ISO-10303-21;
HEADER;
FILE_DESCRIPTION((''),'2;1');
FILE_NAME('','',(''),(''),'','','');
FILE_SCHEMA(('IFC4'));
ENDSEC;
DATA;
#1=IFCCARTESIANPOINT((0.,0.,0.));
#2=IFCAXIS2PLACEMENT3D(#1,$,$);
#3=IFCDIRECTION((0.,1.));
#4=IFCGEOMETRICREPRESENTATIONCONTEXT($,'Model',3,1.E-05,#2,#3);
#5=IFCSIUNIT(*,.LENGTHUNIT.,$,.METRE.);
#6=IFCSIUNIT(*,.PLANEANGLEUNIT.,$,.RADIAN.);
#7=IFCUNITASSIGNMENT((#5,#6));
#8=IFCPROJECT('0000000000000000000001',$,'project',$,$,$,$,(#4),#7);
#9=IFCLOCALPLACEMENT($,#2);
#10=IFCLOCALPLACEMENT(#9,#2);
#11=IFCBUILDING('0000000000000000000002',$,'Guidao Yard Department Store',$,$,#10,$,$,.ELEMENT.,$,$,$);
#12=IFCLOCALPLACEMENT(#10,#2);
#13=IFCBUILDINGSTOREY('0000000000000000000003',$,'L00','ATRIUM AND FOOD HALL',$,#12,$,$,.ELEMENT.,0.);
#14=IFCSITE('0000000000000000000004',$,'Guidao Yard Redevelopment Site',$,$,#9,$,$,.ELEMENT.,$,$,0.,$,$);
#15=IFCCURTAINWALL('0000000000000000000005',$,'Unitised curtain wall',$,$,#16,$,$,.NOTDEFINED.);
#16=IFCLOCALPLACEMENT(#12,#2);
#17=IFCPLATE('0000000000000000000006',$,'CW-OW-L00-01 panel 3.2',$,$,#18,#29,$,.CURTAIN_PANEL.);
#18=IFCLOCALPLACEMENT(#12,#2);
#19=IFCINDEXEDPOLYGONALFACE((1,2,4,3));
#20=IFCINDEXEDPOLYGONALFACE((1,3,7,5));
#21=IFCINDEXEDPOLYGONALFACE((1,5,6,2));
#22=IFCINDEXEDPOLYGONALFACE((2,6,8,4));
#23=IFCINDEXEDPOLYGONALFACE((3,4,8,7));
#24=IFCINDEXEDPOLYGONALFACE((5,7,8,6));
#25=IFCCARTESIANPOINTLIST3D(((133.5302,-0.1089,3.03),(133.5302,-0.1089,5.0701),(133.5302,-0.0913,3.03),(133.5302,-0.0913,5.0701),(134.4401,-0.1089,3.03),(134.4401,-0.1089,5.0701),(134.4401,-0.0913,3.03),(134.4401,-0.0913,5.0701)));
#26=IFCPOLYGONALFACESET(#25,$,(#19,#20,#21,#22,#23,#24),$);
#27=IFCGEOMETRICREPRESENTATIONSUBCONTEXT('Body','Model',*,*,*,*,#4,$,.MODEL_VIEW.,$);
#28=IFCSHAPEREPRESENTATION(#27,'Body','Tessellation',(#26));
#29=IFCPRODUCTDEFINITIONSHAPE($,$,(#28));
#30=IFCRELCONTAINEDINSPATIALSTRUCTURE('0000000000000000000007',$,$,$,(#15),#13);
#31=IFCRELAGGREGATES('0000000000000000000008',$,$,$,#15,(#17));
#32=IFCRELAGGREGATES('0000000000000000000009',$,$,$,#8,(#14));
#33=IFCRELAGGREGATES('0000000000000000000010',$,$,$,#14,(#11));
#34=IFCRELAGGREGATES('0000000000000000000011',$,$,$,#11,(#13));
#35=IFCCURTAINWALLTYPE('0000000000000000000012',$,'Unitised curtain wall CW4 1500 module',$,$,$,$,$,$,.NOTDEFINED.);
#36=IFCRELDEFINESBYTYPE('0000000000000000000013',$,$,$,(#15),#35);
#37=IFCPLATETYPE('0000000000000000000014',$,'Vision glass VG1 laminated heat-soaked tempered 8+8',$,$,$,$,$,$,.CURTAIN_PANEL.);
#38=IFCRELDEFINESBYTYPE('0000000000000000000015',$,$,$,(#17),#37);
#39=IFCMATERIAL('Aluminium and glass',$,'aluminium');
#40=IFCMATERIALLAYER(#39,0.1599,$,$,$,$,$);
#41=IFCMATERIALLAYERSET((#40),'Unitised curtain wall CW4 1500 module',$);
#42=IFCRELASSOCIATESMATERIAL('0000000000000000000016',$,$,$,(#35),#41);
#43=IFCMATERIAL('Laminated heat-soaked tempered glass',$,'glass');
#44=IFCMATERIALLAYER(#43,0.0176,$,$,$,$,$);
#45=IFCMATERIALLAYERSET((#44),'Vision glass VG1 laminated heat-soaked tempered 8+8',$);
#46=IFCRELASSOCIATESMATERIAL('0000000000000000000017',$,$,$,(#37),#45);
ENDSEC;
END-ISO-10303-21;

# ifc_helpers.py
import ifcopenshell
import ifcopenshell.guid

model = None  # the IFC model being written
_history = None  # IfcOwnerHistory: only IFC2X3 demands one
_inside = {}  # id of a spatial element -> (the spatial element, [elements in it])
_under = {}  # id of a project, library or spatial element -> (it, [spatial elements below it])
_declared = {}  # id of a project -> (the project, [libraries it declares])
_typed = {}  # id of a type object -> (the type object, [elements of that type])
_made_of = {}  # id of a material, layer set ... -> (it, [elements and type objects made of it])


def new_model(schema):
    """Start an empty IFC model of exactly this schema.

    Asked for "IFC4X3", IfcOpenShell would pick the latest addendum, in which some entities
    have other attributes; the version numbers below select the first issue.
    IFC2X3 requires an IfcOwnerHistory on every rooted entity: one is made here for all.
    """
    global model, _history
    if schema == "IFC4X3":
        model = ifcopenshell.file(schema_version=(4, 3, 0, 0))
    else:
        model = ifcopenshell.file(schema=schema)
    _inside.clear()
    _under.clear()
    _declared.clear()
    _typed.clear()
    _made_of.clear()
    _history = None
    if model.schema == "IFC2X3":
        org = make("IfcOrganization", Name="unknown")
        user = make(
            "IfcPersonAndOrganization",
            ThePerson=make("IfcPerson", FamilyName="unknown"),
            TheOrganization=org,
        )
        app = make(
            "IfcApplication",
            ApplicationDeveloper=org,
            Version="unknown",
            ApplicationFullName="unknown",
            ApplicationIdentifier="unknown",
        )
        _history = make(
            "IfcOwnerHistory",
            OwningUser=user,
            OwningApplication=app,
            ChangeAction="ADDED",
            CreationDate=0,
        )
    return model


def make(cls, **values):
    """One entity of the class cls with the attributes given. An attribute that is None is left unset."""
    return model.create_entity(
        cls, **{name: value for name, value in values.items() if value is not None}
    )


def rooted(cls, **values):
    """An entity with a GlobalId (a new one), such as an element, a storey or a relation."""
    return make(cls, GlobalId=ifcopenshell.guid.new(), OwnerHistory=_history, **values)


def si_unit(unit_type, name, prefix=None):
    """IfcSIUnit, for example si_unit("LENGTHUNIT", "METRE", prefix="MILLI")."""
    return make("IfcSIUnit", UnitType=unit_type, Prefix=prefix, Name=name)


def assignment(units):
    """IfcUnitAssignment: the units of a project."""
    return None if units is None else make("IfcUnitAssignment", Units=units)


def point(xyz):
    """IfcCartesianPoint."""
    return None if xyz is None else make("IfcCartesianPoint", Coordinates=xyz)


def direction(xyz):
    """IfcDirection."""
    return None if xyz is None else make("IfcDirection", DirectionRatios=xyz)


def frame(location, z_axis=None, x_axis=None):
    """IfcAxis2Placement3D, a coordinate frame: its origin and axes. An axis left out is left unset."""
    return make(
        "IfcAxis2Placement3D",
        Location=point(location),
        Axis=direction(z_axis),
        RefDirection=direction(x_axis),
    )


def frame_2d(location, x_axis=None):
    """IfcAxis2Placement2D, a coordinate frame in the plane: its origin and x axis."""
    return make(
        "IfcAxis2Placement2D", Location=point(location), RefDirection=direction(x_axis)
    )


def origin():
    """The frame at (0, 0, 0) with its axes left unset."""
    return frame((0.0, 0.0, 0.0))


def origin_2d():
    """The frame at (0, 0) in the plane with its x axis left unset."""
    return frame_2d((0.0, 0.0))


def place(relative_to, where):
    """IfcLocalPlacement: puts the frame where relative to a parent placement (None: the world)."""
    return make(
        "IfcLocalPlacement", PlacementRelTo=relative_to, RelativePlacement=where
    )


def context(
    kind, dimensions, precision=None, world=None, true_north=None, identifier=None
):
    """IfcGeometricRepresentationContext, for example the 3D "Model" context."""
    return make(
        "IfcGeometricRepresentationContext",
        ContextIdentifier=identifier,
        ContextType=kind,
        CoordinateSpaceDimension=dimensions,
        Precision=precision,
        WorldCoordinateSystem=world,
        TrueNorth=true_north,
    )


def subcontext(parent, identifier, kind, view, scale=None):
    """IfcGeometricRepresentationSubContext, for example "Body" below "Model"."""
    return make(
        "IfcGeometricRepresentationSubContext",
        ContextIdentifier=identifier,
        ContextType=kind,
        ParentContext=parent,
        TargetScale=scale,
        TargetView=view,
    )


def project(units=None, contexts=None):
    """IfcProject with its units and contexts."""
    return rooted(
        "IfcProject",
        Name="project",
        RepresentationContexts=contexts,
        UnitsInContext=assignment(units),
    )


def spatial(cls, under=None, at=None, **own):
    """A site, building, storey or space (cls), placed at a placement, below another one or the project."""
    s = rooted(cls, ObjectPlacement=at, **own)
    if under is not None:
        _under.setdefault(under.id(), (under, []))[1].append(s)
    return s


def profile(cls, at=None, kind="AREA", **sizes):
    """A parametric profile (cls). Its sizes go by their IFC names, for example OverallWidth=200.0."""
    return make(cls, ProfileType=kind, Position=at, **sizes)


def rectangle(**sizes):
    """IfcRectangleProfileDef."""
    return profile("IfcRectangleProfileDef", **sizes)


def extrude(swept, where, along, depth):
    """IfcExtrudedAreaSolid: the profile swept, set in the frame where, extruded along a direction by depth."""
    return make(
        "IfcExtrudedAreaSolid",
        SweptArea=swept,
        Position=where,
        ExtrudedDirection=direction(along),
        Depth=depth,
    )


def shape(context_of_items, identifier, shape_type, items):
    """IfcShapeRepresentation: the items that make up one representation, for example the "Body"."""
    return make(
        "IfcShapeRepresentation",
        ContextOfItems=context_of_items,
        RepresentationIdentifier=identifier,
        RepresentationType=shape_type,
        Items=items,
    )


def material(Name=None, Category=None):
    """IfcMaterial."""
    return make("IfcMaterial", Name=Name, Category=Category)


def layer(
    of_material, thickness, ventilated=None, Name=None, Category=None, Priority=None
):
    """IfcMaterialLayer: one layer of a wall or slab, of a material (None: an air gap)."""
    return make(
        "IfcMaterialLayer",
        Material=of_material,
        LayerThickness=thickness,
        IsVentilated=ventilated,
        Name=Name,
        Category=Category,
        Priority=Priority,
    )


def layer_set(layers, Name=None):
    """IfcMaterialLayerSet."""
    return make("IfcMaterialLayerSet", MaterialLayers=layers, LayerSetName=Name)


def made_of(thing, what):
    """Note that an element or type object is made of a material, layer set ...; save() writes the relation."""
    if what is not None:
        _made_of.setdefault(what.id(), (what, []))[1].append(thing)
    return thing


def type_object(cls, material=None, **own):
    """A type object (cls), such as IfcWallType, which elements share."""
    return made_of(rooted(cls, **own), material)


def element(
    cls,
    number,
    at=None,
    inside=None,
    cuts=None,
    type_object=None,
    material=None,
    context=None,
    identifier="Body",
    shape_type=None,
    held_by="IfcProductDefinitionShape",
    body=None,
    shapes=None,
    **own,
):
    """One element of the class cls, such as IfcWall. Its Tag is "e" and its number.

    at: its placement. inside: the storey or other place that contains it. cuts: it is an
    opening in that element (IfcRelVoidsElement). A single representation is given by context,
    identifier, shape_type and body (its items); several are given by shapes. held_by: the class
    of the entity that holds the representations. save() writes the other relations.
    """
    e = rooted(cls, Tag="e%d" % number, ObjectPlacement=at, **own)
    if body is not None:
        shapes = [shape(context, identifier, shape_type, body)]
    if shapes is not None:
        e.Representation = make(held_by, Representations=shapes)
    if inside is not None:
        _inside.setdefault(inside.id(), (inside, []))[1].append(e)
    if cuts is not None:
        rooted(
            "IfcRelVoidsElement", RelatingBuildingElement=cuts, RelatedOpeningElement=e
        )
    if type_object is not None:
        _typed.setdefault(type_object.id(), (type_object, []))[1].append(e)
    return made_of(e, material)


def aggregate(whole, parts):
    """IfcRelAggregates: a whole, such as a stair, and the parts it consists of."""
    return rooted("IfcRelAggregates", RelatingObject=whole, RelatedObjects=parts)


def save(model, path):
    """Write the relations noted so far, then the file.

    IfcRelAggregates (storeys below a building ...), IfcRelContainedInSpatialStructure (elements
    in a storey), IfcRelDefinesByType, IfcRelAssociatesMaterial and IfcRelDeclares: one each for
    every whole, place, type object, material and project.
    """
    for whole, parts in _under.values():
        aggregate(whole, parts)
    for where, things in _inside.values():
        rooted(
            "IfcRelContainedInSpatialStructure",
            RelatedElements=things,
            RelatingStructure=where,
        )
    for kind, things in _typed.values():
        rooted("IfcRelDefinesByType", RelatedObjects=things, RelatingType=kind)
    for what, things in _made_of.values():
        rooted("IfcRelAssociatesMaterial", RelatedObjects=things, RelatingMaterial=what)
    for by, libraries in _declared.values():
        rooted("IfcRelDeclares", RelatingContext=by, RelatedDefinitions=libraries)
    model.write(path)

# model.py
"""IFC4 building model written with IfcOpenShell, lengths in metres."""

from ifc_helpers import new_model, si_unit, direction, frame, origin, origin_2d, place, context, subcontext, project, spatial, rectangle, extrude, material, layer, layer_set, type_object, element, aggregate, save


model = new_model("IFC4")

# Units and contexts
model_context = context("Model", 3, precision=1e-05, world=origin(), true_north=direction((0.0, 1.0)))
body_context = subcontext(model_context, "Body", "Model", "MODEL_VIEW")
ifc_project = project(units=[si_unit("LENGTHUNIT", "METRE"), si_unit("PLANEANGLEUNIT", "RADIAN")], contexts=[model_context])

# Site, building, storey
site_placement = place(None, origin())
site = spatial("IfcSite", under=ifc_project, at=site_placement, Name="Guidao Yard Redevelopment Site", CompositionType="ELEMENT", RefElevation=0.0)
building_placement = place(site_placement, origin())
building = spatial("IfcBuilding", under=site, at=building_placement, Name="Guidao Yard Department Store", CompositionType="ELEMENT")
storey_placement = place(building_placement, origin())
storey = spatial("IfcBuildingStorey", under=building, at=storey_placement, Name="L00", Description="ATRIUM AND FOOD HALL", CompositionType="ELEMENT", Elevation=0.0)

# Curtain wall, plate
ifc_material_1 = material(Name="Aluminium and glass", Category="aluminium")
ifc_layer_1 = layer(ifc_material_1, 0.1599)
ifc_layer_set_1 = layer_set([ifc_layer_1], Name="Unitised curtain wall CW4 1500 module")
curtain_wall_type = type_object("IfcCurtainWallType", Name="Unitised curtain wall CW4 1500 module", PredefinedType="NOTDEFINED", material=ifc_layer_set_1)
curtain_wall_placement = place(storey_placement, origin())
curtain_wall = element("IfcCurtainWall", 1, at=curtain_wall_placement, inside=storey, type_object=curtain_wall_type, Name="Unitised curtain wall", PredefinedType="NOTDEFINED")
ifc_material_2 = material(Name="Laminated heat-soaked tempered glass", Category="glass")
ifc_layer_2 = layer(ifc_material_2, 0.0176)
ifc_layer_set_2 = layer_set([ifc_layer_2], Name="Vision glass VG1 laminated heat-soaked tempered 8+8")
plate_type_1 = type_object("IfcPlateType", Name="Vision glass VG1 laminated heat-soaked tempered 8+8", PredefinedType="CURTAIN_PANEL", material=ifc_layer_set_2)
plate_1_placement = place(storey_placement, frame((133.9851, -0.1001, 3.03), z_axis=(0.0, 0.0, 1.0), x_axis=(-1.0, 0.0, 0.0)))
plate_1 = element("IfcPlate", 2, at=plate_1_placement, type_object=plate_type_1, Name="CW-OW-L00-01 panel 3.2", PredefinedType="CURTAIN_PANEL", context=body_context, shape_type="SweptSolid", body=[
    extrude(rectangle(XDim=0.9099, YDim=0.0176, at=origin_2d()), origin(), (0.0, 0.0, 1.0), 2.04),
])
aggregate(curtain_wall, [plate_1])

save(model, "model.ifc")
